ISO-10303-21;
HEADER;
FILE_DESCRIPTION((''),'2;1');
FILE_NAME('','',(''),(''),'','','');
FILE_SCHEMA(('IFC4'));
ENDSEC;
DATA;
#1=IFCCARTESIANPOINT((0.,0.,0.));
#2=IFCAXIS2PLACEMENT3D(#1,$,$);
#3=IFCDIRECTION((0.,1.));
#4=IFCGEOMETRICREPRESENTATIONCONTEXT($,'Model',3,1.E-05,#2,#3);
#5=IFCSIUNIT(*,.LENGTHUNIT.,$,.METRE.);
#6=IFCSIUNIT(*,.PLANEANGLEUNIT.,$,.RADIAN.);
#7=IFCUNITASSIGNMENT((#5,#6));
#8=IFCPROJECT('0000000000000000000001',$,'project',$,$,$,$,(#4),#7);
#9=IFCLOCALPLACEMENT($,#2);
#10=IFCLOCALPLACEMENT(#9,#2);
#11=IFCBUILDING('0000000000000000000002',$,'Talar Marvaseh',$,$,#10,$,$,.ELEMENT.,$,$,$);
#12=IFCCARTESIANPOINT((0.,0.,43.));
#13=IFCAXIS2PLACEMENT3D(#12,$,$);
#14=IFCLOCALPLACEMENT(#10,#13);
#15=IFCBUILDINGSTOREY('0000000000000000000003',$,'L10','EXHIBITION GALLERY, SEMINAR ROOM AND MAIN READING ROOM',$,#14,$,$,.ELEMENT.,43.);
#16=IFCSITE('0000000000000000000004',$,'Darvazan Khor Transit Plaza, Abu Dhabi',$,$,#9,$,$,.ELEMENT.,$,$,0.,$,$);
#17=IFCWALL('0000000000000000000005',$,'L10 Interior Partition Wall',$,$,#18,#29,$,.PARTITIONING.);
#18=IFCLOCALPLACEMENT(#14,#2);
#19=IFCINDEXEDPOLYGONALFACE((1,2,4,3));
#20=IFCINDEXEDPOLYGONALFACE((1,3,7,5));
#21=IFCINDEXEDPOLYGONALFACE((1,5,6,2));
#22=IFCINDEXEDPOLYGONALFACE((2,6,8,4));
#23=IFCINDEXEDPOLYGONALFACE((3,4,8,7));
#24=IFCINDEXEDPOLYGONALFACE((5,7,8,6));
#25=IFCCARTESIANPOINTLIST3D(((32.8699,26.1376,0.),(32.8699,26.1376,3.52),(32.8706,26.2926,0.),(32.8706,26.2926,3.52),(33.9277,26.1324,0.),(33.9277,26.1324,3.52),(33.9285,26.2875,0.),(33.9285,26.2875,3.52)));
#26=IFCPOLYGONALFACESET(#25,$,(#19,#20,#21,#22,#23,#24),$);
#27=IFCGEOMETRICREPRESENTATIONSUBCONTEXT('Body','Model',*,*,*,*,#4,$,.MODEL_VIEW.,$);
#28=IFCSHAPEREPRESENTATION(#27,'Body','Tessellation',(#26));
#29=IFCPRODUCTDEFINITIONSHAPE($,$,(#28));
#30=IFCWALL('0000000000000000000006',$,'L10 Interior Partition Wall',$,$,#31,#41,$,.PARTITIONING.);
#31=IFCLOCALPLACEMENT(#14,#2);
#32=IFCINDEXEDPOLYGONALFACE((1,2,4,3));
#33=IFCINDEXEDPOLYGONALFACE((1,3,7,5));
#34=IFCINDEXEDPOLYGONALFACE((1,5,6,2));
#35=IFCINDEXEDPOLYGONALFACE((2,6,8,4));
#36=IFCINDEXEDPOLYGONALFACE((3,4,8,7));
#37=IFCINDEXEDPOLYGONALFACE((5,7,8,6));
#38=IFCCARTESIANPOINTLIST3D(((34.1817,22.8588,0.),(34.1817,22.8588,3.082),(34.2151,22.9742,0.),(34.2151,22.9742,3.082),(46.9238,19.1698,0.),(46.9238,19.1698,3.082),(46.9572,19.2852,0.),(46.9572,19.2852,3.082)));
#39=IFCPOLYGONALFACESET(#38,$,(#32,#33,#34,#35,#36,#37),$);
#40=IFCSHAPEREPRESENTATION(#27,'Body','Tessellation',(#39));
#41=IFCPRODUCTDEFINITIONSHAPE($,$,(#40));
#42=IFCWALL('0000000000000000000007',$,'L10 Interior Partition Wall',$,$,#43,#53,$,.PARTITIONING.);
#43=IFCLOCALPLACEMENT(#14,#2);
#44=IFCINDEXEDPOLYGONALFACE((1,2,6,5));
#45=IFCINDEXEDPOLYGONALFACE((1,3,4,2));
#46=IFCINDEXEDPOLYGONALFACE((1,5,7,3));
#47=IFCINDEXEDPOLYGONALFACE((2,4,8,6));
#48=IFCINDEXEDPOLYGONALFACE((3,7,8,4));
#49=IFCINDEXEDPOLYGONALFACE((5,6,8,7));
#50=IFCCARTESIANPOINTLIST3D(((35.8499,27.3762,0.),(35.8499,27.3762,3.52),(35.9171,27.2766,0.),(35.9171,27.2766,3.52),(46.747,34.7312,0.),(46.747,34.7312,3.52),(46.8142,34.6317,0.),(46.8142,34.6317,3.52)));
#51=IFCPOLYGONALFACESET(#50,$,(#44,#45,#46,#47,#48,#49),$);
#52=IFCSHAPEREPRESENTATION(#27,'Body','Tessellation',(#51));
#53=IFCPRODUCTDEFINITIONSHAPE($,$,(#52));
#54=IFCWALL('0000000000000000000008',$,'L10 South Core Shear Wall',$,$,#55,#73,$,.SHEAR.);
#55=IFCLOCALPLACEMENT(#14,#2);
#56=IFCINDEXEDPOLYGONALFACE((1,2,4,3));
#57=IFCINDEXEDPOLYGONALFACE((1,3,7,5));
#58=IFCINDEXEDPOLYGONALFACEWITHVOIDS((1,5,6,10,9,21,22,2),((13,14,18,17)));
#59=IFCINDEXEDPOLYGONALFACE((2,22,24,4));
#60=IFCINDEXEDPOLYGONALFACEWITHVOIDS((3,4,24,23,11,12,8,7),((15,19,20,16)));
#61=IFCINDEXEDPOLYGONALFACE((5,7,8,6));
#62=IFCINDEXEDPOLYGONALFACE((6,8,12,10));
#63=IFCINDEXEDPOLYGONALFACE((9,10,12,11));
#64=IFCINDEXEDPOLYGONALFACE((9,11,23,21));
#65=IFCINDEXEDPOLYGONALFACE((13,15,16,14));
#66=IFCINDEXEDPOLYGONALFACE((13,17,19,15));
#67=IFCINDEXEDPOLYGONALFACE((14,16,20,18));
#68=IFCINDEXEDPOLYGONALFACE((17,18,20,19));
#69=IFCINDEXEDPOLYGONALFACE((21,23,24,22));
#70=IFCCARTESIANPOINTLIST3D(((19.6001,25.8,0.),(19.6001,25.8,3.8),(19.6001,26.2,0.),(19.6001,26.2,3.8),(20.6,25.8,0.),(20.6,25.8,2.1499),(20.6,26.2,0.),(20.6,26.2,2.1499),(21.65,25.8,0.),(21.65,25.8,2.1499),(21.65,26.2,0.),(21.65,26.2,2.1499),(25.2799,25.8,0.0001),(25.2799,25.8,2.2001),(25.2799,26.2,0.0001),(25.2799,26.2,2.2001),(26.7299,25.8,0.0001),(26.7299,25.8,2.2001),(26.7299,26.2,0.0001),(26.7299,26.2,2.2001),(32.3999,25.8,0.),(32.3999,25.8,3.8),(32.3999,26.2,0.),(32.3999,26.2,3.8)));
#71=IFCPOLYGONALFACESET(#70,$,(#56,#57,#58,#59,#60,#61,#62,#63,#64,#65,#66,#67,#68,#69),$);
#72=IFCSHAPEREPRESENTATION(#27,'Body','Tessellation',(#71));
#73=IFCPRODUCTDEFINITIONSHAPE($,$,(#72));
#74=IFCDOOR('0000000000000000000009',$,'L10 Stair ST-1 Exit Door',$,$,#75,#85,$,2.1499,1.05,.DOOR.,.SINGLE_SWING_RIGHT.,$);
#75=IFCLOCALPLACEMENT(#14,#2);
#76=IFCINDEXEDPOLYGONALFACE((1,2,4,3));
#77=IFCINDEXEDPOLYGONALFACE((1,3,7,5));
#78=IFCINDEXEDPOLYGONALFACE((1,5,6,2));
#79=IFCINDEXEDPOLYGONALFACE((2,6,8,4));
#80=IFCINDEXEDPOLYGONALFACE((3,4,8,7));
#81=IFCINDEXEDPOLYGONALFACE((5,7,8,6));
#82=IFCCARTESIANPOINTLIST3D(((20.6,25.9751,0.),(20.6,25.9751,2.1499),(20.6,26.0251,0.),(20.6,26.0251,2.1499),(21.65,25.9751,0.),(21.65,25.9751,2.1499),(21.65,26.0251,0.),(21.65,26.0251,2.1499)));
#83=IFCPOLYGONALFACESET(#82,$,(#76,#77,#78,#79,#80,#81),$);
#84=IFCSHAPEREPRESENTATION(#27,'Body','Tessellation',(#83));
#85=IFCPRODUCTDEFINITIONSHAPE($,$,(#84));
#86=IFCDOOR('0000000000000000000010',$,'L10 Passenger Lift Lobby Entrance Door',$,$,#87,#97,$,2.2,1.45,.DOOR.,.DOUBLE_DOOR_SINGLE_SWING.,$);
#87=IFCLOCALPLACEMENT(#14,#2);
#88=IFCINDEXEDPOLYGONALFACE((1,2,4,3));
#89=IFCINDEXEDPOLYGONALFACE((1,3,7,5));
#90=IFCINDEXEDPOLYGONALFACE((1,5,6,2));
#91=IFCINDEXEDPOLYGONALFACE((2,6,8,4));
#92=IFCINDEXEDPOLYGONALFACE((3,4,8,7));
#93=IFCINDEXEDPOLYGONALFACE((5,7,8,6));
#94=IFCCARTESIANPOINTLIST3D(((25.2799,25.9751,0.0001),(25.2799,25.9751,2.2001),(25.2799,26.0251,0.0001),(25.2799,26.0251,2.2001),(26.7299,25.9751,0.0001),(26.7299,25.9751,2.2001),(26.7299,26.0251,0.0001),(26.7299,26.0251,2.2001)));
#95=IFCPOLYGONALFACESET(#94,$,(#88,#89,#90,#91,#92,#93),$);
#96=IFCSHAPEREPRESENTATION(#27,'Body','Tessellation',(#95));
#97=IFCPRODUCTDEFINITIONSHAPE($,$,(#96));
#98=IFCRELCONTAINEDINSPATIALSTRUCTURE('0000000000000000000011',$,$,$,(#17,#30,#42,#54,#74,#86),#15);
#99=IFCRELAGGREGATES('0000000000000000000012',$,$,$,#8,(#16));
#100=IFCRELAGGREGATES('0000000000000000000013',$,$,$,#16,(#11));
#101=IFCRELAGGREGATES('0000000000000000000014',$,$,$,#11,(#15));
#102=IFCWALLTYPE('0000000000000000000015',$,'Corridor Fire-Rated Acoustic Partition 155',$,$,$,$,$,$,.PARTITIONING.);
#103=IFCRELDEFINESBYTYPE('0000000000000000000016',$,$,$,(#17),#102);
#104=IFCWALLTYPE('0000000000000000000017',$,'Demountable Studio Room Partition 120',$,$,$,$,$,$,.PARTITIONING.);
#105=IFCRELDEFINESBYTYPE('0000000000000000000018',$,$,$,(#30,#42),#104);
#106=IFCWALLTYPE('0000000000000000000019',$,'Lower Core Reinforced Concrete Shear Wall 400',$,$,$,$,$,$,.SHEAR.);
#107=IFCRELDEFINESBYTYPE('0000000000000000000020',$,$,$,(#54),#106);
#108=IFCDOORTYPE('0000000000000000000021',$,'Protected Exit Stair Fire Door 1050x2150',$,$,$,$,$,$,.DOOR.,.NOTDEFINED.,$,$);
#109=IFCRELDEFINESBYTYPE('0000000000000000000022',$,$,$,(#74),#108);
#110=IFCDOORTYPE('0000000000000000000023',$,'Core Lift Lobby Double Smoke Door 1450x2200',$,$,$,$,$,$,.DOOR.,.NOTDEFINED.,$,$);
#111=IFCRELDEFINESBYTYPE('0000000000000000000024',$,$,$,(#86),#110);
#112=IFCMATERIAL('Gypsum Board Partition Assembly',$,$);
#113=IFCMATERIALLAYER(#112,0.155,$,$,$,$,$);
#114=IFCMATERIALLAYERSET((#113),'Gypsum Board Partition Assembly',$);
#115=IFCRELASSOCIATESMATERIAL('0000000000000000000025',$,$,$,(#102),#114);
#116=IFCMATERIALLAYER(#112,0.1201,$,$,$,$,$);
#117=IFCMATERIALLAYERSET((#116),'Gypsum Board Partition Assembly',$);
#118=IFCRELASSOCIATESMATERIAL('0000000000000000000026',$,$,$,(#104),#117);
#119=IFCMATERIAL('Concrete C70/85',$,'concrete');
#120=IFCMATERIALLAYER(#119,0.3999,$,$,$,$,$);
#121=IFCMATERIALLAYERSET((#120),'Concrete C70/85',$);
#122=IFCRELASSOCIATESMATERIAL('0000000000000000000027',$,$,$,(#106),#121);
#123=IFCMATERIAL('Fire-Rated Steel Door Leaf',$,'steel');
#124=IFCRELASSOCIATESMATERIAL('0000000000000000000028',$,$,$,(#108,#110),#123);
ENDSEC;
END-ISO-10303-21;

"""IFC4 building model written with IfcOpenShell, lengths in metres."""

from ifc_helpers import new_model, si_unit, direction, frame, frame_2d, origin, place, context, subcontext, project, spatial, rectangle, extrude, source, transform, mapped, material, layer, layer_set, type_object, type_shapes, element, fill, save


model = new_model("IFC4")

# Units and contexts
model_context = context("Model", 3, precision=1e-05, world=origin(), true_north=direction((0.0, 1.0)))
body_context = subcontext(model_context, "Body", "Model", "MODEL_VIEW")
ifc_project = project(units=[si_unit("LENGTHUNIT", "METRE"), si_unit("PLANEANGLEUNIT", "RADIAN")], contexts=[model_context])

# Site, building, storey
site_placement = place(None, origin())
site = spatial("IfcSite", under=ifc_project, at=site_placement, Name="Darvazan Khor Transit Plaza, Abu Dhabi", CompositionType="ELEMENT", RefElevation=0.0)
building_placement = place(site_placement, origin())
building = spatial("IfcBuilding", under=site, at=building_placement, Name="Talar Marvaseh", CompositionType="ELEMENT")
storey_placement = place(building_placement, frame((0.0, 0.0, 43.0)))
storey = spatial("IfcBuildingStorey", under=building, at=storey_placement, Name="L10", Description="EXHIBITION GALLERY, SEMINAR ROOM AND MAIN READING ROOM", CompositionType="ELEMENT", Elevation=43.0)

# Shared definitions
ifc_material_1 = material(Name="Concrete C70/85", Category="concrete")

# Shared definitions
ifc_material_2 = material(Name="Gypsum Board Partition Assembly")
ifc_layer_1 = layer(ifc_material_2, 0.155)
ifc_layer_set_1 = layer_set([ifc_layer_1], Name="Gypsum Board Partition Assembly")
wall_type_1 = type_object("IfcWallType", Name="Corridor Fire-Rated Acoustic Partition 155", PredefinedType="PARTITIONING", material=ifc_layer_set_1)

# Walls
wall_1_placement = place(storey_placement, frame((33.928, 26.21, 0.0), z_axis=(0.0, 0.0, 1.0), x_axis=(-0.999988, 0.004846, 0.0)))
element("IfcWall", 1, at=wall_1_placement, inside=storey, type_object=wall_type_1, Name="L10 Interior Partition Wall", PredefinedType="PARTITIONING", context=body_context, shape_type="SweptSolid", body=[
    extrude(rectangle(XDim=1.0579, YDim=0.155, at=frame_2d((0.5288, 0.0))), origin(), (0.0, 0.0, 1.0), 3.52),
])
ifc_layer_2 = layer(ifc_material_2, 0.1201)
ifc_layer_set_2 = layer_set([ifc_layer_2], Name="Gypsum Board Partition Assembly")
wall_type_2 = type_object("IfcWallType", Name="Demountable Studio Room Partition 120", PredefinedType="PARTITIONING", material=ifc_layer_set_2)
wall_2_placement = place(storey_placement, frame((34.1982, 22.9165, 0.0), z_axis=(0.0, 0.0, 1.0), x_axis=(0.960555, -0.278088, 0.0)))
element("IfcWall", 2, at=wall_2_placement, inside=storey, type_object=wall_type_2, Name="L10 Interior Partition Wall", PredefinedType="PARTITIONING", context=body_context, shape_type="SweptSolid", body=[
    extrude(rectangle(XDim=13.2654, YDim=0.1201, at=frame_2d((6.6328, 0.0))), origin(), (0.0, 0.0, 1.0), 3.082),
])
wall_3_placement = place(storey_placement, frame((35.8835, 27.3264, 0.0), z_axis=(0.0, 0.0, 1.0), x_axis=(0.828865, 0.559448, 0.0)))
element("IfcWall", 3, at=wall_3_placement, inside=storey, type_object=wall_type_2, Name="L10 Interior Partition Wall", PredefinedType="PARTITIONING", context=body_context, shape_type="SweptSolid", body=[
    extrude(rectangle(XDim=13.147, YDim=0.1201, at=frame_2d((6.5735, 0.0))), origin(), (0.0, 0.0, 1.0), 3.52),
])

# Wall, openings, doors
ifc_layer_3 = layer(ifc_material_1, 0.3999)
ifc_layer_set_3 = layer_set([ifc_layer_3], Name="Concrete C70/85")
wall_type_3 = type_object("IfcWallType", Name="Lower Core Reinforced Concrete Shear Wall 400", PredefinedType="SHEAR", material=ifc_layer_set_3)
wall_4_placement = place(storey_placement, frame((32.3999, 26.0, 0.0), z_axis=(0.0, 0.0, 1.0), x_axis=(-1.0, 0.0, 0.0)))
wall_4 = element("IfcWall", 4, at=wall_4_placement, inside=storey, type_object=wall_type_3, Name="L10 South Core Shear Wall", PredefinedType="SHEAR", context=body_context, shape_type="SweptSolid", body=[
    extrude(rectangle(XDim=12.7998, YDim=0.3999, at=frame_2d((6.3999, 0.0))), origin(), (0.0, 0.0, 1.0), 3.8),
])
opening_1_placement = place(wall_4_placement, frame((10.75, 0.0, 0.0)))
opening_1 = element("IfcOpeningElement", 5, at=opening_1_placement, cuts=wall_4, PredefinedType="OPENING", context=body_context, shape_type="SweptSolid", body=[
    extrude(rectangle(XDim=1.05, YDim=2.1499, at=frame_2d((0.5249, 1.075))), frame((0.0, 0.21, 0.0), z_axis=(0.0, -1.0, 0.0), x_axis=(1.0, 0.0, 0.0)), (0.0, 0.0, 1.0), 0.4199),
])
opening_2_placement = place(wall_4_placement, frame((5.6699, 0.0, 0.0)))
opening_2 = element("IfcOpeningElement", 6, at=opening_2_placement, cuts=wall_4, PredefinedType="OPENING", context=body_context, shape_type="SweptSolid", body=[
    extrude(rectangle(XDim=1.45, YDim=2.2, at=frame_2d((0.7251, 1.1001))), frame((0.0, 0.21, 0.0), z_axis=(0.0, -1.0, 0.0), x_axis=(1.0, 0.0, 0.0)), (0.0, 0.0, 1.0), 0.4199),
])
ifc_material_3 = material(Name="Fire-Rated Steel Door Leaf", Category="steel")
door_type_1 = type_object("IfcDoorType", Name="Protected Exit Stair Fire Door 1050x2150", OperationType="NOTDEFINED", PredefinedType="DOOR", material=ifc_material_3)
shared_shape_1 = source(origin(), body_context, "Body", "SweptSolid", [
    extrude(rectangle(XDim=1.05, YDim=2.1499, at=frame_2d((0.5249, 1.075))), frame((0.0, 0.0249, 0.0), z_axis=(0.0, -1.0, 0.0), x_axis=(1.0, 0.0, 0.0)), (0.0, 0.0, 1.0), 0.05),
])
type_shapes(door_type_1, [shared_shape_1])
door_1_placement = place(opening_1_placement, origin())
door_1 = element("IfcDoor", 7, at=door_1_placement, inside=storey, type_object=door_type_1, Name="L10 Stair ST-1 Exit Door", OperationType="SINGLE_SWING_RIGHT", OverallHeight=2.1499, OverallWidth=1.05, PredefinedType="DOOR", context=body_context, shape_type="MappedRepresentation", body=[
    mapped(shared_shape_1, transform((0.0, 0.0, 0.0), x_axis=(1.0, 0.0, 0.0), y_axis=(0.0, 1.0, 0.0), z_axis=(0.0, 0.0, 1.0), scale=1.0)),
])
fill(opening_1, door_1)
door_type_2 = type_object("IfcDoorType", Name="Core Lift Lobby Double Smoke Door 1450x2200", OperationType="NOTDEFINED", PredefinedType="DOOR", material=ifc_material_3)
shared_shape_2 = source(origin(), body_context, "Body", "SweptSolid", [
    extrude(rectangle(XDim=1.45, YDim=2.2, at=frame_2d((0.7251, 1.1001))), frame((0.0, 0.0249, 0.0), z_axis=(0.0, -1.0, 0.0), x_axis=(1.0, 0.0, 0.0)), (0.0, 0.0, 1.0), 0.05),
])
type_shapes(door_type_2, [shared_shape_2])
door_2_placement = place(opening_2_placement, origin())
door_2 = element("IfcDoor", 8, at=door_2_placement, inside=storey, type_object=door_type_2, Name="L10 Passenger Lift Lobby Entrance Door", OperationType="DOUBLE_DOOR_SINGLE_SWING", OverallHeight=2.2, OverallWidth=1.45, PredefinedType="DOOR", context=body_context, shape_type="MappedRepresentation", body=[
    mapped(shared_shape_2, transform((0.0, 0.0, 0.0), x_axis=(1.0, 0.0, 0.0), y_axis=(0.0, 1.0, 0.0), z_axis=(0.0, 0.0, 1.0), scale=1.0)),
])
fill(opening_2, door_2)

save(model, "model.ifc")
